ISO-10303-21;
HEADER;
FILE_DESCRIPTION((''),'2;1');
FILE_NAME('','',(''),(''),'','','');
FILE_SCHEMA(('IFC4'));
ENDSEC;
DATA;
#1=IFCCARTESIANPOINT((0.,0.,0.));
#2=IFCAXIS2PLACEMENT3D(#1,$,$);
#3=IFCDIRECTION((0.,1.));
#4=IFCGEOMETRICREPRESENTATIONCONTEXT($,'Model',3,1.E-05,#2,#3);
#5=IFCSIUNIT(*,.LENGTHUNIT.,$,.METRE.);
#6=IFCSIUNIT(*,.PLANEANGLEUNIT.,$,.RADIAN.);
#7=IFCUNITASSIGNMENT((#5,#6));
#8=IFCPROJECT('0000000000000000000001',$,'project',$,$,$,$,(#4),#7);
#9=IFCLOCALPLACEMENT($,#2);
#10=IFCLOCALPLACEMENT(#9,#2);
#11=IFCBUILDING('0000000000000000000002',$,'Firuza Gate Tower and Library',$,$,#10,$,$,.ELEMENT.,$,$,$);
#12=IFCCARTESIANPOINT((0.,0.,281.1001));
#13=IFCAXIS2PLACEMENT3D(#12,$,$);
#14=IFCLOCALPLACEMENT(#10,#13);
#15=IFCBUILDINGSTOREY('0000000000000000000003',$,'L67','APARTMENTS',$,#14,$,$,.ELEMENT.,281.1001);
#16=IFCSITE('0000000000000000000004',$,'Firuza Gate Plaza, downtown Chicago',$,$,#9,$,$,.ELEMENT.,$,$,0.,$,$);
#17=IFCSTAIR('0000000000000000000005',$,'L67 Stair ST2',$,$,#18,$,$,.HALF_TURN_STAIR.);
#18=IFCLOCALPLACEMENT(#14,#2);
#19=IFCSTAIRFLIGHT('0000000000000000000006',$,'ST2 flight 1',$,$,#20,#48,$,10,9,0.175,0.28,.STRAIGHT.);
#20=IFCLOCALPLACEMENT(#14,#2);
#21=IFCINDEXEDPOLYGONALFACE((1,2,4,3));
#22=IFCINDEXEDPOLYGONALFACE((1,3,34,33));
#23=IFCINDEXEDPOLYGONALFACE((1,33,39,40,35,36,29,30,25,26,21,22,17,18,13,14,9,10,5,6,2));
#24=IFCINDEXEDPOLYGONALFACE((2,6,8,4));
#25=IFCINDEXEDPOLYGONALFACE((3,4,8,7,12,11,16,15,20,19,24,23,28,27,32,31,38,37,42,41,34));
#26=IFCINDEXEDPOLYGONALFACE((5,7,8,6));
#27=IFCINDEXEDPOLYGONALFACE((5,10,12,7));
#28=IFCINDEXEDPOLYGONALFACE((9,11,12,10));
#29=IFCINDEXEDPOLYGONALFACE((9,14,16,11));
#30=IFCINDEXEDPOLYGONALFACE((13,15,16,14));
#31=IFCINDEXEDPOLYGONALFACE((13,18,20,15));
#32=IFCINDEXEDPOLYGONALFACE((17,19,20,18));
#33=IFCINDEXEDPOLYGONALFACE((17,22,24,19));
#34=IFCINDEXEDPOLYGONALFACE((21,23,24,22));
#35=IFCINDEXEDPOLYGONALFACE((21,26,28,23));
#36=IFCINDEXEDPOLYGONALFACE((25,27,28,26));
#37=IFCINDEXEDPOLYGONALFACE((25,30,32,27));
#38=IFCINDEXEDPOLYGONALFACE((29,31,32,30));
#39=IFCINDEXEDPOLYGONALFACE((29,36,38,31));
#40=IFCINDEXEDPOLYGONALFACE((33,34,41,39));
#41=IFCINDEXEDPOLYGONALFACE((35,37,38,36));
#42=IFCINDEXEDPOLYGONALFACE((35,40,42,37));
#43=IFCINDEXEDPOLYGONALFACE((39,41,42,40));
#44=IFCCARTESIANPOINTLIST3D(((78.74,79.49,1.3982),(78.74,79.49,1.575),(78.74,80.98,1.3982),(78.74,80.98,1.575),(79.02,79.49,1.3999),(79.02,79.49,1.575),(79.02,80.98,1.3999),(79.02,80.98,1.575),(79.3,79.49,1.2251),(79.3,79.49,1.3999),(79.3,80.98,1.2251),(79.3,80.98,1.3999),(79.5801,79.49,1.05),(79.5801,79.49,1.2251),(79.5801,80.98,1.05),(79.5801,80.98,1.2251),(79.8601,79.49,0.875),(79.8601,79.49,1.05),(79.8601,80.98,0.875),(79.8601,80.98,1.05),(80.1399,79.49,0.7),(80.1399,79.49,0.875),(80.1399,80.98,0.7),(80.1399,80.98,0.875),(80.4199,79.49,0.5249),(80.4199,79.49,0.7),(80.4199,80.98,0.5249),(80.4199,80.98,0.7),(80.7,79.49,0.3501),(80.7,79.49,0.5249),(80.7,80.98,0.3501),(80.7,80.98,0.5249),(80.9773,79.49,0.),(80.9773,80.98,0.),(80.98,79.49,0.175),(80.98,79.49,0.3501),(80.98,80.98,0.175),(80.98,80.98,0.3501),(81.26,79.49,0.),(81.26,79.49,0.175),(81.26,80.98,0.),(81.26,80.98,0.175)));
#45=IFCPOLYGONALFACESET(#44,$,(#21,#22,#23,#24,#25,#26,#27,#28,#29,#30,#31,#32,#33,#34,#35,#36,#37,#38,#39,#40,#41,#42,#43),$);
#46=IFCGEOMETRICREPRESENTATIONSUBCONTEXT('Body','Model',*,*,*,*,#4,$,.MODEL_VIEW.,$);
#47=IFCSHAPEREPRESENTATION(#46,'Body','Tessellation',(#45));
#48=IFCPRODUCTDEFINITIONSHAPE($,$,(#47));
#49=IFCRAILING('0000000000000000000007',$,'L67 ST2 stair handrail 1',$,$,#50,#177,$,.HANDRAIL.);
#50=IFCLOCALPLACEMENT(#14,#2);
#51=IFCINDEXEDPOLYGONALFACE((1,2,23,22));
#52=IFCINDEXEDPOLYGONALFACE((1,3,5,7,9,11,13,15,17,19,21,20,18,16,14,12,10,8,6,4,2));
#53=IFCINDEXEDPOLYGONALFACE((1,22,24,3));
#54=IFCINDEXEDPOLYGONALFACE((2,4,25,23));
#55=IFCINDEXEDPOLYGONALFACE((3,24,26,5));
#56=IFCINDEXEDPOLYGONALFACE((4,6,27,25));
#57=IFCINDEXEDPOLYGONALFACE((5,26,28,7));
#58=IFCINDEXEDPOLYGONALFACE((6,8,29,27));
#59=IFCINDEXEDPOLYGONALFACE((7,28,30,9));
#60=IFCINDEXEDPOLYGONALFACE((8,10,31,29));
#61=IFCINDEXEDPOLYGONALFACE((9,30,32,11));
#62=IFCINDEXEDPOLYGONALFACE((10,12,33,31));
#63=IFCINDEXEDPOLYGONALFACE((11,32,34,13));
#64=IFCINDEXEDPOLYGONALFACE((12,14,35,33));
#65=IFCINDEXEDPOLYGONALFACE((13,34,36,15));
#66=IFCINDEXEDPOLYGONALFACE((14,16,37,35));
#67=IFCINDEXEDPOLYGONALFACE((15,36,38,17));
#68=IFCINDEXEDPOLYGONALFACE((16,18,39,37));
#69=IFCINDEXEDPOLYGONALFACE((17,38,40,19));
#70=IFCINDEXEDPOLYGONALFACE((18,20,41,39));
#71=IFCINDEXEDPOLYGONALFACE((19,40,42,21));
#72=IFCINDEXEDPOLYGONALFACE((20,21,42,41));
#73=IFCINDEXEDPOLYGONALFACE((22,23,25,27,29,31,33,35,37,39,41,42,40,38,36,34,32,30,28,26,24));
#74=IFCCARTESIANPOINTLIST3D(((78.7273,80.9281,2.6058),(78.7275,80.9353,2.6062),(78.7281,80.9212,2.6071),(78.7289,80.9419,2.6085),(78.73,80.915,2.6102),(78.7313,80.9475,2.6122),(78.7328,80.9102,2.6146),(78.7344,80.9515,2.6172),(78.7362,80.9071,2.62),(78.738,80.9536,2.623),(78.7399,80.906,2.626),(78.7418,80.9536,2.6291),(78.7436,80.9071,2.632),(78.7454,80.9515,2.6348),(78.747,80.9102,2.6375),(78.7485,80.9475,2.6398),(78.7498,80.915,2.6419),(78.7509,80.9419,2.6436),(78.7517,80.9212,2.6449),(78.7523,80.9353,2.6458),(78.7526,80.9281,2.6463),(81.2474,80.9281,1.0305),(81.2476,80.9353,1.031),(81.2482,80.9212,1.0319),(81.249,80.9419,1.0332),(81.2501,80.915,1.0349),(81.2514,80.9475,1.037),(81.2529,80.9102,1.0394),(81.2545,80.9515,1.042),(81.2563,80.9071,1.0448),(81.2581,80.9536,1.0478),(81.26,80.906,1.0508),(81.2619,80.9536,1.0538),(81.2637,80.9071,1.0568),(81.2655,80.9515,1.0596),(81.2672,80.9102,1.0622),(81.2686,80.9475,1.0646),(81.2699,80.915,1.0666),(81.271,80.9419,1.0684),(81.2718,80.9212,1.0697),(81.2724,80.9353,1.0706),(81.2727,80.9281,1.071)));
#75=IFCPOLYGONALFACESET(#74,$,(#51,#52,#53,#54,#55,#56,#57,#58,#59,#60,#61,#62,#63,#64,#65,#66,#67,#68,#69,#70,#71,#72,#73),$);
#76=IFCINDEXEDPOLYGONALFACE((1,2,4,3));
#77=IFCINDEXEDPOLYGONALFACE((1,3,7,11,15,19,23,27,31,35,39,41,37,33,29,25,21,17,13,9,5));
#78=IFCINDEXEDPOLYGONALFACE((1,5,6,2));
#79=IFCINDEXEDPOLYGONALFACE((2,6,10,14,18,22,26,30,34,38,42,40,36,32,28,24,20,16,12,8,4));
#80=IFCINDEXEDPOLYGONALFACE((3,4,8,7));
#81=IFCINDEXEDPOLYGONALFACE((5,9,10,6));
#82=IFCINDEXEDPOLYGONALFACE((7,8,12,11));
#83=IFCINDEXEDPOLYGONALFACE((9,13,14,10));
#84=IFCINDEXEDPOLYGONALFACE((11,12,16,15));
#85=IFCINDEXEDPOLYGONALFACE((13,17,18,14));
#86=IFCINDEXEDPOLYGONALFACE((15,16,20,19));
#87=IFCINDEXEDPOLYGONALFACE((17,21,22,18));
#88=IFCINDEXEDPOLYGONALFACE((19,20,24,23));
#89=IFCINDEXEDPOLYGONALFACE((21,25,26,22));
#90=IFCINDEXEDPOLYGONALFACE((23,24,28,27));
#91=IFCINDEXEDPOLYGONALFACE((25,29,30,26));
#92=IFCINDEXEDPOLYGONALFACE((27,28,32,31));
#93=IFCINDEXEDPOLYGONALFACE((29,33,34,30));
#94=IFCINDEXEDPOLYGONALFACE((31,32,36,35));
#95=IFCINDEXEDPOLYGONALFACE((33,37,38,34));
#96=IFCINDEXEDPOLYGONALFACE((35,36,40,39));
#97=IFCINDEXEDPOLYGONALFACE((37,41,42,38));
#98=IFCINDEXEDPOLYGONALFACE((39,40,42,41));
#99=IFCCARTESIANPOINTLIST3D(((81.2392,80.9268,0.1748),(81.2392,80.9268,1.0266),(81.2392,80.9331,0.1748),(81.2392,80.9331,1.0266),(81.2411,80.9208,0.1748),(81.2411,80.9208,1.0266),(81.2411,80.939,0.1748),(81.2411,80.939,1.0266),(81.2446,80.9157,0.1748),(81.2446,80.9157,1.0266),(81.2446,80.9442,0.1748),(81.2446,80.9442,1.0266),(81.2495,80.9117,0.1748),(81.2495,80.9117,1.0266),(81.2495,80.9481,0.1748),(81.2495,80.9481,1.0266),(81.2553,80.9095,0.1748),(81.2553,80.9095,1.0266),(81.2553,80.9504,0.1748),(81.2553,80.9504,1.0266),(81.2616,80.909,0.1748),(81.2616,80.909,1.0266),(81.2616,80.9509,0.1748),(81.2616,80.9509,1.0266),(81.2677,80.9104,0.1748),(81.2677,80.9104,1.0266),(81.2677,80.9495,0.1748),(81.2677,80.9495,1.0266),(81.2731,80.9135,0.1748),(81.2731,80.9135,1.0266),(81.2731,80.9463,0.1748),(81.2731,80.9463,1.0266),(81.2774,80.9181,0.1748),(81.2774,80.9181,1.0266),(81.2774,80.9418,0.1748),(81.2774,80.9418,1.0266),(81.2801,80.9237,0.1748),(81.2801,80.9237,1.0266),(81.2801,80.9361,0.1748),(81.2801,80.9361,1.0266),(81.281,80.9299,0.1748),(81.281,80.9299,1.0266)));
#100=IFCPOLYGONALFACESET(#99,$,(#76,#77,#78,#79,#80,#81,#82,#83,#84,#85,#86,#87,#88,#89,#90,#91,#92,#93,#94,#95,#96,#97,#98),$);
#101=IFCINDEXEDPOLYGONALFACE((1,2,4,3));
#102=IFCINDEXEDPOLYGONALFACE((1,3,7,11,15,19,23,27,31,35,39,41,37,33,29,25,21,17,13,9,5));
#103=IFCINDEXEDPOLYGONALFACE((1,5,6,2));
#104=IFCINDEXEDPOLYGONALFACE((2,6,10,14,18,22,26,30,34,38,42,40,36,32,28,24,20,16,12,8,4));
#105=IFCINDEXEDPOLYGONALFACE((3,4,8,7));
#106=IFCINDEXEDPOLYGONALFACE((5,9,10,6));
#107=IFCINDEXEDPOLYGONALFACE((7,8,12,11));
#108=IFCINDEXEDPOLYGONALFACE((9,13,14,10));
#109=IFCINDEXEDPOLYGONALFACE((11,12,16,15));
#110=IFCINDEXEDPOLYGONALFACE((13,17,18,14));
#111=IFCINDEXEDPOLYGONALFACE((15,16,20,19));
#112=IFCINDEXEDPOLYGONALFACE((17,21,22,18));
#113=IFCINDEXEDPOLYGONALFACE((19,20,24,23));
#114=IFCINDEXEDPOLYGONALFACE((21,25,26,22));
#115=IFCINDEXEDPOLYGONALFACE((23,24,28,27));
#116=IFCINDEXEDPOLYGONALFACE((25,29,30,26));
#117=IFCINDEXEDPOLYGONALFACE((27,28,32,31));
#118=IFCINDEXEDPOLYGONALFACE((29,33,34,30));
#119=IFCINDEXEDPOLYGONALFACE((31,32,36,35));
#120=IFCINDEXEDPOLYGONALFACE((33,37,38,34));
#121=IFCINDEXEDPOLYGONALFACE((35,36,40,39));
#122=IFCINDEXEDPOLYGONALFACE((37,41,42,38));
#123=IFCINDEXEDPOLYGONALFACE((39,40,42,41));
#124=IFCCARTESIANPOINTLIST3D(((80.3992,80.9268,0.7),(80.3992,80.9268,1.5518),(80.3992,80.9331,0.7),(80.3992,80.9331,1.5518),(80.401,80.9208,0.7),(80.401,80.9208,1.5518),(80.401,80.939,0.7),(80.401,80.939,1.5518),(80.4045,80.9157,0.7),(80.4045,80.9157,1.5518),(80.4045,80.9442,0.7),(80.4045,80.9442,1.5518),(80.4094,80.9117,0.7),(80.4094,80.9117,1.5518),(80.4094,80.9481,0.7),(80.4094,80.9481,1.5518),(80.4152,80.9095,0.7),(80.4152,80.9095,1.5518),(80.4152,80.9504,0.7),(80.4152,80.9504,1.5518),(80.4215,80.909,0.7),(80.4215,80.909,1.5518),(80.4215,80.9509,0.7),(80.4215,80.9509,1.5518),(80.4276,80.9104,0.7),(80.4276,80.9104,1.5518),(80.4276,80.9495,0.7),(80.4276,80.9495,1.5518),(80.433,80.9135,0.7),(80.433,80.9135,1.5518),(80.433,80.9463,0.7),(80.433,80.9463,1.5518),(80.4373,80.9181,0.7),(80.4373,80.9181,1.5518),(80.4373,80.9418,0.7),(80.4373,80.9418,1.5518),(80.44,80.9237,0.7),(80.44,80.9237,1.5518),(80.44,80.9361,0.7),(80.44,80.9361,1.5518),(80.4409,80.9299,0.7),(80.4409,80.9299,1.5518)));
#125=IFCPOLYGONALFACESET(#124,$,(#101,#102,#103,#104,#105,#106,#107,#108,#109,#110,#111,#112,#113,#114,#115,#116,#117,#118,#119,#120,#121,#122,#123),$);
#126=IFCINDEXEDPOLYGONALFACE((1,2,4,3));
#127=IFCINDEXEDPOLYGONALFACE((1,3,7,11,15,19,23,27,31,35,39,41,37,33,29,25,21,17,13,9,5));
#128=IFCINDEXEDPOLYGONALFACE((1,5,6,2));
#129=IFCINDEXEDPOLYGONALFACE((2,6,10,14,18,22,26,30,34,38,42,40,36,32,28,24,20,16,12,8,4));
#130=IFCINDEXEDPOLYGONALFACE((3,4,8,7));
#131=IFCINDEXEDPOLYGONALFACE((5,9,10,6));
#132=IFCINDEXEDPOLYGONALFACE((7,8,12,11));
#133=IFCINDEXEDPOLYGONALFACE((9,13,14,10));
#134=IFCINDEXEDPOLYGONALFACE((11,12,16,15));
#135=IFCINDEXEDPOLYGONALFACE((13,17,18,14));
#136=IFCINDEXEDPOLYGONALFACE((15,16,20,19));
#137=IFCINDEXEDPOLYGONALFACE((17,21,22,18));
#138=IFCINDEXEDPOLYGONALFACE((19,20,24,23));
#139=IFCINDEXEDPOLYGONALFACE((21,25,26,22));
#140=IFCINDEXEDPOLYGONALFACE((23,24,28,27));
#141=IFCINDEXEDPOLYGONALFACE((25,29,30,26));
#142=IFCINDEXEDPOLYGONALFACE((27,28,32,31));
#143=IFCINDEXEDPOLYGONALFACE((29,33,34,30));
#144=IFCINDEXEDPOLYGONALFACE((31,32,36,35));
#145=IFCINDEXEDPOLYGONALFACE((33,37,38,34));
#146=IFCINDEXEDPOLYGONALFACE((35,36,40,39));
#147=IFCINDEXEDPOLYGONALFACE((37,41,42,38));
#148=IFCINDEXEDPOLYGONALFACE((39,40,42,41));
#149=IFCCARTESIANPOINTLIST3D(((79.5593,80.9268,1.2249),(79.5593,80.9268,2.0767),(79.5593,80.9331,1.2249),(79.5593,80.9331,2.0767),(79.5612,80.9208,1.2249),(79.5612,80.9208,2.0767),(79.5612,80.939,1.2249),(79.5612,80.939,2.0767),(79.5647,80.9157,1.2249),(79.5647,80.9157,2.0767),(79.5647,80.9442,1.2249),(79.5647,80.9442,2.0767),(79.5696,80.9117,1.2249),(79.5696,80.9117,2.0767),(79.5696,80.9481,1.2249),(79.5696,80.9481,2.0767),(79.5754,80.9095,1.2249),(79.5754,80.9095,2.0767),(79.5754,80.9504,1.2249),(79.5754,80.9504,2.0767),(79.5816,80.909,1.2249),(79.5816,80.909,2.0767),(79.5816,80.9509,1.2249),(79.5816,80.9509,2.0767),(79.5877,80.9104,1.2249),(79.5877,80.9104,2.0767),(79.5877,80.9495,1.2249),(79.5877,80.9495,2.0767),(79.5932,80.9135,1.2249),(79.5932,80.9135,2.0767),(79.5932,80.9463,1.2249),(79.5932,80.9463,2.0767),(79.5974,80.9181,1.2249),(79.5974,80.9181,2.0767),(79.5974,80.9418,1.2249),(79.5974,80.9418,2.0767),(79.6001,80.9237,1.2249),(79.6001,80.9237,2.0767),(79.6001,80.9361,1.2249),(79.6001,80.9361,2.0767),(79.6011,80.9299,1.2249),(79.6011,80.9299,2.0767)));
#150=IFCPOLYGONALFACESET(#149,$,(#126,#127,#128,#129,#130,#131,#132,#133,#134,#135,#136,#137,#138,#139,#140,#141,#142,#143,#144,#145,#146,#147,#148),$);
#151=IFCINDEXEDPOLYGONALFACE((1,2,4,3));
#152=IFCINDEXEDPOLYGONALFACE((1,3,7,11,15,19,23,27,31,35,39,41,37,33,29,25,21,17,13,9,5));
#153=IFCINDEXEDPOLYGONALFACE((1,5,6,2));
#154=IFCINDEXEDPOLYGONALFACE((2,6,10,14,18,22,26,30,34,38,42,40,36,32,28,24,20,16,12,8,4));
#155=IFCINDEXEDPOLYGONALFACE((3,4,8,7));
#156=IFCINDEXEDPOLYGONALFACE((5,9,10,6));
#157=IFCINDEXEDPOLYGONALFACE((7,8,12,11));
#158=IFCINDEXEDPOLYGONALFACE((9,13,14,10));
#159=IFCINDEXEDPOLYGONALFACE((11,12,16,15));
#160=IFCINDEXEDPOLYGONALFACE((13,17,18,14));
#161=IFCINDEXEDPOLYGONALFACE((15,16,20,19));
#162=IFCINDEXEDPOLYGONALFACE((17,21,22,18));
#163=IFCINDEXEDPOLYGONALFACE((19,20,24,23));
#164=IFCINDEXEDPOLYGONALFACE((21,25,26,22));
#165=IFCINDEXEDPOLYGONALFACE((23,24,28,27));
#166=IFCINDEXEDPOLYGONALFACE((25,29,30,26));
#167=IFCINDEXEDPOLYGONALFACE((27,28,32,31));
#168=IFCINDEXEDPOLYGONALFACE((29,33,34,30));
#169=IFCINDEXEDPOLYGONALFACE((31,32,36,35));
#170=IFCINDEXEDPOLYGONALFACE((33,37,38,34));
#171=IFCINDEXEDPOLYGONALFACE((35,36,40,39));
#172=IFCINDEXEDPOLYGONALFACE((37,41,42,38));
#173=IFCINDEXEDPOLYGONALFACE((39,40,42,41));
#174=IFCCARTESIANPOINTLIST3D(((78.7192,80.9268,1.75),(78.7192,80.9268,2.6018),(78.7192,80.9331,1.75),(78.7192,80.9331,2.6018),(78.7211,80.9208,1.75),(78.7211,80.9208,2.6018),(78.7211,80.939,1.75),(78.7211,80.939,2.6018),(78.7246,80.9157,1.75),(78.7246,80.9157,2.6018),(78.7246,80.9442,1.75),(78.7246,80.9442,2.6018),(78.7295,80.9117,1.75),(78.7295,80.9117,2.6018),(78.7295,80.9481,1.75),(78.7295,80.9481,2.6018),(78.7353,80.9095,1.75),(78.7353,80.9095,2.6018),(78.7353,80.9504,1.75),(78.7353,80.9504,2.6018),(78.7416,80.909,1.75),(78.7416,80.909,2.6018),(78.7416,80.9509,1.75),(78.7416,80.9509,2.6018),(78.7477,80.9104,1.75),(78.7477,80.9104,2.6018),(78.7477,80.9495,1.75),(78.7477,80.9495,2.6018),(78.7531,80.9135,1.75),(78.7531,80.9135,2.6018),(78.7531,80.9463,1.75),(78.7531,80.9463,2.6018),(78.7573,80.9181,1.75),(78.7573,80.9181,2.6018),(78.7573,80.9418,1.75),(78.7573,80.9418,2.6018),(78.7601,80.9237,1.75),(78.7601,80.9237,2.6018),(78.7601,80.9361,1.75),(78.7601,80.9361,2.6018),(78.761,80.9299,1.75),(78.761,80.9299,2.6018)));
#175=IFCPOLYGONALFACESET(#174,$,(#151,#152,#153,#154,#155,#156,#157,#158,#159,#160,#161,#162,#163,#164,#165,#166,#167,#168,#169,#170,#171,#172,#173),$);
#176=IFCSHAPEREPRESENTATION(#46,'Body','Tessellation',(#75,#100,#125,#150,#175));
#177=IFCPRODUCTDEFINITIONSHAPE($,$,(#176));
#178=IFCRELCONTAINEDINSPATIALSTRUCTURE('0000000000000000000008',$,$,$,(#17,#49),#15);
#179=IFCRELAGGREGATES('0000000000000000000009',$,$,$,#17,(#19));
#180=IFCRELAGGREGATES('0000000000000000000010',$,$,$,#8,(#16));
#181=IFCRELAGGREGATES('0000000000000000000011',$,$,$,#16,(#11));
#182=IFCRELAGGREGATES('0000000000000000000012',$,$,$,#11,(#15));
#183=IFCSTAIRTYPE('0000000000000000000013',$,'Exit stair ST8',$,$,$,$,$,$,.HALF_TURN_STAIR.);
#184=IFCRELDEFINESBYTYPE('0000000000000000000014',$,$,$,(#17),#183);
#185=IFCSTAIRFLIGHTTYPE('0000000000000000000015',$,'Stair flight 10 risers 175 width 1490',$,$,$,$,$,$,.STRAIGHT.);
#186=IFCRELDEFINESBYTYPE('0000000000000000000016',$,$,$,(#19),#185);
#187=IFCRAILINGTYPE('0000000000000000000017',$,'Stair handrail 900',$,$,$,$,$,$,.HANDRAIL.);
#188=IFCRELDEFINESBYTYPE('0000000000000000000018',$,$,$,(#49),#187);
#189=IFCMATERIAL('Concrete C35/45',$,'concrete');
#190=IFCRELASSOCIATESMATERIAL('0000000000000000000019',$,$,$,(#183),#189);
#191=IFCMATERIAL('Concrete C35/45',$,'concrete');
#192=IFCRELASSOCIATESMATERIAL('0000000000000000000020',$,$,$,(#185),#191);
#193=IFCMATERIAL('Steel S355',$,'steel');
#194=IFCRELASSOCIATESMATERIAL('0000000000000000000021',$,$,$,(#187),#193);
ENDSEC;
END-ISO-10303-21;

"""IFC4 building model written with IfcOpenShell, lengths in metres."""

from ifc_helpers import new_model, si_unit, direction, frame, origin, origin_2d, place, context, subcontext, project, spatial, polyline, circle, outline, extrude, material, type_object, element, aggregate, save


model = new_model("IFC4")

# Units and contexts
model_context = context("Model", 3, precision=1e-05, world=origin(), true_north=direction((0.0, 1.0)))
body_context = subcontext(model_context, "Body", "Model", "MODEL_VIEW")
ifc_project = project(units=[si_unit("LENGTHUNIT", "METRE"), si_unit("PLANEANGLEUNIT", "RADIAN")], contexts=[model_context])

# Site, building, storey
site_placement = place(None, origin())
site = spatial("IfcSite", under=ifc_project, at=site_placement, Name="Firuza Gate Plaza, downtown Chicago", CompositionType="ELEMENT", RefElevation=0.0)
building_placement = place(site_placement, origin())
building = spatial("IfcBuilding", under=site, at=building_placement, Name="Firuza Gate Tower and Library", CompositionType="ELEMENT")
storey_placement = place(building_placement, frame((0.0, 0.0, 281.1001)))
storey = spatial("IfcBuildingStorey", under=building, at=storey_placement, Name="L67", Description="APARTMENTS", CompositionType="ELEMENT", Elevation=281.1001)

# Shared definitions
placement = place(storey_placement, origin())

# Stair, stair flight
ifc_material_1 = material(Name="Concrete C35/45", Category="concrete")
stair_type = type_object("IfcStairType", Name="Exit stair ST8", PredefinedType="HALF_TURN_STAIR", material=ifc_material_1)
stair = element("IfcStair", 1, at=placement, inside=storey, type_object=stair_type, Name="L67 Stair ST2", PredefinedType="HALF_TURN_STAIR")
ifc_material_2 = material(Name="Concrete C35/45", Category="concrete")
stair_flight_type = type_object("IfcStairFlightType", Name="Stair flight 10 risers 175 width 1490", PredefinedType="STRAIGHT", material=ifc_material_2)
stair_flight_placement = place(storey_placement, frame((81.26, 80.2351, 0.0), z_axis=(0.0, 0.0, 1.0), x_axis=(-1.0, 0.0, 0.0)))
stair_flight = element("IfcStairFlight", 2, at=stair_flight_placement, type_object=stair_flight_type, Name="ST2 flight 1", NumberOfRisers=10, NumberOfTreads=9, PredefinedType="STRAIGHT", RiserHeight=0.175, TreadLength=0.28, context=body_context, shape_type="SweptSolid", body=[
    extrude(outline(polyline([(0.0, 0.0), (0.0, 0.175), (0.28, 0.175), (0.28, 0.3501), (0.5601, 0.3501), (0.5601, 0.5249), (0.8401, 0.5249), (0.8401, 0.7), (1.1201, 0.7), (1.1201, 0.875), (1.3999, 0.875), (1.3999, 1.05), (1.6799, 1.05), (1.6799, 1.2251), (1.96, 1.2251), (1.96, 1.3999), (2.24, 1.3999), (2.24, 1.575), (2.52, 1.575), (2.52, 1.75), (2.52, 1.3982), (0.2827, 0.0), (0.0, 0.0)])), frame((0.0, 0.7451, 0.0), z_axis=(0.0, -1.0, 0.0), x_axis=(1.0, 0.0, 0.0)), (0.0, 0.0, 1.0), 1.49),
])
aggregate(stair, [stair_flight])

# Railing
ifc_material_3 = material(Name="Steel S355", Category="steel")
railing_type = type_object("IfcRailingType", Name="Stair handrail 900", PredefinedType="HANDRAIL", material=ifc_material_3)
railing_placement = place(storey_placement, frame((81.26, 80.9299, 0.1748)))
element("IfcRailing", 3, at=railing_placement, inside=storey, type_object=railing_type, Name="L67 ST2 stair handrail 1", PredefinedType="HANDRAIL", context=body_context, shape_type="SweptSolid", body=[
    extrude(circle(Radius=0.0239, at=origin_2d()), frame((0.0, 0.0, 0.876), z_axis=(-0.847971, 0.0, 0.530043), x_axis=(0.0, -1.0, 0.0)), (0.0, 0.0, 1.0), 2.9719),
    extrude(circle(Radius=0.021, at=origin_2d()), origin(), (0.0, 0.0, 1.0), 0.8518),
    extrude(circle(Radius=0.021, at=origin_2d()), frame((-0.8401, 0.0, 0.5251)), (0.0, 0.0, 1.0), 0.8518),
    extrude(circle(Radius=0.021, at=origin_2d()), frame((-1.6799, 0.0, 1.05)), (0.0, 0.0, 1.0), 0.8518),
    extrude(circle(Radius=0.021, at=origin_2d()), frame((-2.52, 0.0, 1.5752)), (0.0, 0.0, 1.0), 0.8518),
])

save(model, "model.ifc")
